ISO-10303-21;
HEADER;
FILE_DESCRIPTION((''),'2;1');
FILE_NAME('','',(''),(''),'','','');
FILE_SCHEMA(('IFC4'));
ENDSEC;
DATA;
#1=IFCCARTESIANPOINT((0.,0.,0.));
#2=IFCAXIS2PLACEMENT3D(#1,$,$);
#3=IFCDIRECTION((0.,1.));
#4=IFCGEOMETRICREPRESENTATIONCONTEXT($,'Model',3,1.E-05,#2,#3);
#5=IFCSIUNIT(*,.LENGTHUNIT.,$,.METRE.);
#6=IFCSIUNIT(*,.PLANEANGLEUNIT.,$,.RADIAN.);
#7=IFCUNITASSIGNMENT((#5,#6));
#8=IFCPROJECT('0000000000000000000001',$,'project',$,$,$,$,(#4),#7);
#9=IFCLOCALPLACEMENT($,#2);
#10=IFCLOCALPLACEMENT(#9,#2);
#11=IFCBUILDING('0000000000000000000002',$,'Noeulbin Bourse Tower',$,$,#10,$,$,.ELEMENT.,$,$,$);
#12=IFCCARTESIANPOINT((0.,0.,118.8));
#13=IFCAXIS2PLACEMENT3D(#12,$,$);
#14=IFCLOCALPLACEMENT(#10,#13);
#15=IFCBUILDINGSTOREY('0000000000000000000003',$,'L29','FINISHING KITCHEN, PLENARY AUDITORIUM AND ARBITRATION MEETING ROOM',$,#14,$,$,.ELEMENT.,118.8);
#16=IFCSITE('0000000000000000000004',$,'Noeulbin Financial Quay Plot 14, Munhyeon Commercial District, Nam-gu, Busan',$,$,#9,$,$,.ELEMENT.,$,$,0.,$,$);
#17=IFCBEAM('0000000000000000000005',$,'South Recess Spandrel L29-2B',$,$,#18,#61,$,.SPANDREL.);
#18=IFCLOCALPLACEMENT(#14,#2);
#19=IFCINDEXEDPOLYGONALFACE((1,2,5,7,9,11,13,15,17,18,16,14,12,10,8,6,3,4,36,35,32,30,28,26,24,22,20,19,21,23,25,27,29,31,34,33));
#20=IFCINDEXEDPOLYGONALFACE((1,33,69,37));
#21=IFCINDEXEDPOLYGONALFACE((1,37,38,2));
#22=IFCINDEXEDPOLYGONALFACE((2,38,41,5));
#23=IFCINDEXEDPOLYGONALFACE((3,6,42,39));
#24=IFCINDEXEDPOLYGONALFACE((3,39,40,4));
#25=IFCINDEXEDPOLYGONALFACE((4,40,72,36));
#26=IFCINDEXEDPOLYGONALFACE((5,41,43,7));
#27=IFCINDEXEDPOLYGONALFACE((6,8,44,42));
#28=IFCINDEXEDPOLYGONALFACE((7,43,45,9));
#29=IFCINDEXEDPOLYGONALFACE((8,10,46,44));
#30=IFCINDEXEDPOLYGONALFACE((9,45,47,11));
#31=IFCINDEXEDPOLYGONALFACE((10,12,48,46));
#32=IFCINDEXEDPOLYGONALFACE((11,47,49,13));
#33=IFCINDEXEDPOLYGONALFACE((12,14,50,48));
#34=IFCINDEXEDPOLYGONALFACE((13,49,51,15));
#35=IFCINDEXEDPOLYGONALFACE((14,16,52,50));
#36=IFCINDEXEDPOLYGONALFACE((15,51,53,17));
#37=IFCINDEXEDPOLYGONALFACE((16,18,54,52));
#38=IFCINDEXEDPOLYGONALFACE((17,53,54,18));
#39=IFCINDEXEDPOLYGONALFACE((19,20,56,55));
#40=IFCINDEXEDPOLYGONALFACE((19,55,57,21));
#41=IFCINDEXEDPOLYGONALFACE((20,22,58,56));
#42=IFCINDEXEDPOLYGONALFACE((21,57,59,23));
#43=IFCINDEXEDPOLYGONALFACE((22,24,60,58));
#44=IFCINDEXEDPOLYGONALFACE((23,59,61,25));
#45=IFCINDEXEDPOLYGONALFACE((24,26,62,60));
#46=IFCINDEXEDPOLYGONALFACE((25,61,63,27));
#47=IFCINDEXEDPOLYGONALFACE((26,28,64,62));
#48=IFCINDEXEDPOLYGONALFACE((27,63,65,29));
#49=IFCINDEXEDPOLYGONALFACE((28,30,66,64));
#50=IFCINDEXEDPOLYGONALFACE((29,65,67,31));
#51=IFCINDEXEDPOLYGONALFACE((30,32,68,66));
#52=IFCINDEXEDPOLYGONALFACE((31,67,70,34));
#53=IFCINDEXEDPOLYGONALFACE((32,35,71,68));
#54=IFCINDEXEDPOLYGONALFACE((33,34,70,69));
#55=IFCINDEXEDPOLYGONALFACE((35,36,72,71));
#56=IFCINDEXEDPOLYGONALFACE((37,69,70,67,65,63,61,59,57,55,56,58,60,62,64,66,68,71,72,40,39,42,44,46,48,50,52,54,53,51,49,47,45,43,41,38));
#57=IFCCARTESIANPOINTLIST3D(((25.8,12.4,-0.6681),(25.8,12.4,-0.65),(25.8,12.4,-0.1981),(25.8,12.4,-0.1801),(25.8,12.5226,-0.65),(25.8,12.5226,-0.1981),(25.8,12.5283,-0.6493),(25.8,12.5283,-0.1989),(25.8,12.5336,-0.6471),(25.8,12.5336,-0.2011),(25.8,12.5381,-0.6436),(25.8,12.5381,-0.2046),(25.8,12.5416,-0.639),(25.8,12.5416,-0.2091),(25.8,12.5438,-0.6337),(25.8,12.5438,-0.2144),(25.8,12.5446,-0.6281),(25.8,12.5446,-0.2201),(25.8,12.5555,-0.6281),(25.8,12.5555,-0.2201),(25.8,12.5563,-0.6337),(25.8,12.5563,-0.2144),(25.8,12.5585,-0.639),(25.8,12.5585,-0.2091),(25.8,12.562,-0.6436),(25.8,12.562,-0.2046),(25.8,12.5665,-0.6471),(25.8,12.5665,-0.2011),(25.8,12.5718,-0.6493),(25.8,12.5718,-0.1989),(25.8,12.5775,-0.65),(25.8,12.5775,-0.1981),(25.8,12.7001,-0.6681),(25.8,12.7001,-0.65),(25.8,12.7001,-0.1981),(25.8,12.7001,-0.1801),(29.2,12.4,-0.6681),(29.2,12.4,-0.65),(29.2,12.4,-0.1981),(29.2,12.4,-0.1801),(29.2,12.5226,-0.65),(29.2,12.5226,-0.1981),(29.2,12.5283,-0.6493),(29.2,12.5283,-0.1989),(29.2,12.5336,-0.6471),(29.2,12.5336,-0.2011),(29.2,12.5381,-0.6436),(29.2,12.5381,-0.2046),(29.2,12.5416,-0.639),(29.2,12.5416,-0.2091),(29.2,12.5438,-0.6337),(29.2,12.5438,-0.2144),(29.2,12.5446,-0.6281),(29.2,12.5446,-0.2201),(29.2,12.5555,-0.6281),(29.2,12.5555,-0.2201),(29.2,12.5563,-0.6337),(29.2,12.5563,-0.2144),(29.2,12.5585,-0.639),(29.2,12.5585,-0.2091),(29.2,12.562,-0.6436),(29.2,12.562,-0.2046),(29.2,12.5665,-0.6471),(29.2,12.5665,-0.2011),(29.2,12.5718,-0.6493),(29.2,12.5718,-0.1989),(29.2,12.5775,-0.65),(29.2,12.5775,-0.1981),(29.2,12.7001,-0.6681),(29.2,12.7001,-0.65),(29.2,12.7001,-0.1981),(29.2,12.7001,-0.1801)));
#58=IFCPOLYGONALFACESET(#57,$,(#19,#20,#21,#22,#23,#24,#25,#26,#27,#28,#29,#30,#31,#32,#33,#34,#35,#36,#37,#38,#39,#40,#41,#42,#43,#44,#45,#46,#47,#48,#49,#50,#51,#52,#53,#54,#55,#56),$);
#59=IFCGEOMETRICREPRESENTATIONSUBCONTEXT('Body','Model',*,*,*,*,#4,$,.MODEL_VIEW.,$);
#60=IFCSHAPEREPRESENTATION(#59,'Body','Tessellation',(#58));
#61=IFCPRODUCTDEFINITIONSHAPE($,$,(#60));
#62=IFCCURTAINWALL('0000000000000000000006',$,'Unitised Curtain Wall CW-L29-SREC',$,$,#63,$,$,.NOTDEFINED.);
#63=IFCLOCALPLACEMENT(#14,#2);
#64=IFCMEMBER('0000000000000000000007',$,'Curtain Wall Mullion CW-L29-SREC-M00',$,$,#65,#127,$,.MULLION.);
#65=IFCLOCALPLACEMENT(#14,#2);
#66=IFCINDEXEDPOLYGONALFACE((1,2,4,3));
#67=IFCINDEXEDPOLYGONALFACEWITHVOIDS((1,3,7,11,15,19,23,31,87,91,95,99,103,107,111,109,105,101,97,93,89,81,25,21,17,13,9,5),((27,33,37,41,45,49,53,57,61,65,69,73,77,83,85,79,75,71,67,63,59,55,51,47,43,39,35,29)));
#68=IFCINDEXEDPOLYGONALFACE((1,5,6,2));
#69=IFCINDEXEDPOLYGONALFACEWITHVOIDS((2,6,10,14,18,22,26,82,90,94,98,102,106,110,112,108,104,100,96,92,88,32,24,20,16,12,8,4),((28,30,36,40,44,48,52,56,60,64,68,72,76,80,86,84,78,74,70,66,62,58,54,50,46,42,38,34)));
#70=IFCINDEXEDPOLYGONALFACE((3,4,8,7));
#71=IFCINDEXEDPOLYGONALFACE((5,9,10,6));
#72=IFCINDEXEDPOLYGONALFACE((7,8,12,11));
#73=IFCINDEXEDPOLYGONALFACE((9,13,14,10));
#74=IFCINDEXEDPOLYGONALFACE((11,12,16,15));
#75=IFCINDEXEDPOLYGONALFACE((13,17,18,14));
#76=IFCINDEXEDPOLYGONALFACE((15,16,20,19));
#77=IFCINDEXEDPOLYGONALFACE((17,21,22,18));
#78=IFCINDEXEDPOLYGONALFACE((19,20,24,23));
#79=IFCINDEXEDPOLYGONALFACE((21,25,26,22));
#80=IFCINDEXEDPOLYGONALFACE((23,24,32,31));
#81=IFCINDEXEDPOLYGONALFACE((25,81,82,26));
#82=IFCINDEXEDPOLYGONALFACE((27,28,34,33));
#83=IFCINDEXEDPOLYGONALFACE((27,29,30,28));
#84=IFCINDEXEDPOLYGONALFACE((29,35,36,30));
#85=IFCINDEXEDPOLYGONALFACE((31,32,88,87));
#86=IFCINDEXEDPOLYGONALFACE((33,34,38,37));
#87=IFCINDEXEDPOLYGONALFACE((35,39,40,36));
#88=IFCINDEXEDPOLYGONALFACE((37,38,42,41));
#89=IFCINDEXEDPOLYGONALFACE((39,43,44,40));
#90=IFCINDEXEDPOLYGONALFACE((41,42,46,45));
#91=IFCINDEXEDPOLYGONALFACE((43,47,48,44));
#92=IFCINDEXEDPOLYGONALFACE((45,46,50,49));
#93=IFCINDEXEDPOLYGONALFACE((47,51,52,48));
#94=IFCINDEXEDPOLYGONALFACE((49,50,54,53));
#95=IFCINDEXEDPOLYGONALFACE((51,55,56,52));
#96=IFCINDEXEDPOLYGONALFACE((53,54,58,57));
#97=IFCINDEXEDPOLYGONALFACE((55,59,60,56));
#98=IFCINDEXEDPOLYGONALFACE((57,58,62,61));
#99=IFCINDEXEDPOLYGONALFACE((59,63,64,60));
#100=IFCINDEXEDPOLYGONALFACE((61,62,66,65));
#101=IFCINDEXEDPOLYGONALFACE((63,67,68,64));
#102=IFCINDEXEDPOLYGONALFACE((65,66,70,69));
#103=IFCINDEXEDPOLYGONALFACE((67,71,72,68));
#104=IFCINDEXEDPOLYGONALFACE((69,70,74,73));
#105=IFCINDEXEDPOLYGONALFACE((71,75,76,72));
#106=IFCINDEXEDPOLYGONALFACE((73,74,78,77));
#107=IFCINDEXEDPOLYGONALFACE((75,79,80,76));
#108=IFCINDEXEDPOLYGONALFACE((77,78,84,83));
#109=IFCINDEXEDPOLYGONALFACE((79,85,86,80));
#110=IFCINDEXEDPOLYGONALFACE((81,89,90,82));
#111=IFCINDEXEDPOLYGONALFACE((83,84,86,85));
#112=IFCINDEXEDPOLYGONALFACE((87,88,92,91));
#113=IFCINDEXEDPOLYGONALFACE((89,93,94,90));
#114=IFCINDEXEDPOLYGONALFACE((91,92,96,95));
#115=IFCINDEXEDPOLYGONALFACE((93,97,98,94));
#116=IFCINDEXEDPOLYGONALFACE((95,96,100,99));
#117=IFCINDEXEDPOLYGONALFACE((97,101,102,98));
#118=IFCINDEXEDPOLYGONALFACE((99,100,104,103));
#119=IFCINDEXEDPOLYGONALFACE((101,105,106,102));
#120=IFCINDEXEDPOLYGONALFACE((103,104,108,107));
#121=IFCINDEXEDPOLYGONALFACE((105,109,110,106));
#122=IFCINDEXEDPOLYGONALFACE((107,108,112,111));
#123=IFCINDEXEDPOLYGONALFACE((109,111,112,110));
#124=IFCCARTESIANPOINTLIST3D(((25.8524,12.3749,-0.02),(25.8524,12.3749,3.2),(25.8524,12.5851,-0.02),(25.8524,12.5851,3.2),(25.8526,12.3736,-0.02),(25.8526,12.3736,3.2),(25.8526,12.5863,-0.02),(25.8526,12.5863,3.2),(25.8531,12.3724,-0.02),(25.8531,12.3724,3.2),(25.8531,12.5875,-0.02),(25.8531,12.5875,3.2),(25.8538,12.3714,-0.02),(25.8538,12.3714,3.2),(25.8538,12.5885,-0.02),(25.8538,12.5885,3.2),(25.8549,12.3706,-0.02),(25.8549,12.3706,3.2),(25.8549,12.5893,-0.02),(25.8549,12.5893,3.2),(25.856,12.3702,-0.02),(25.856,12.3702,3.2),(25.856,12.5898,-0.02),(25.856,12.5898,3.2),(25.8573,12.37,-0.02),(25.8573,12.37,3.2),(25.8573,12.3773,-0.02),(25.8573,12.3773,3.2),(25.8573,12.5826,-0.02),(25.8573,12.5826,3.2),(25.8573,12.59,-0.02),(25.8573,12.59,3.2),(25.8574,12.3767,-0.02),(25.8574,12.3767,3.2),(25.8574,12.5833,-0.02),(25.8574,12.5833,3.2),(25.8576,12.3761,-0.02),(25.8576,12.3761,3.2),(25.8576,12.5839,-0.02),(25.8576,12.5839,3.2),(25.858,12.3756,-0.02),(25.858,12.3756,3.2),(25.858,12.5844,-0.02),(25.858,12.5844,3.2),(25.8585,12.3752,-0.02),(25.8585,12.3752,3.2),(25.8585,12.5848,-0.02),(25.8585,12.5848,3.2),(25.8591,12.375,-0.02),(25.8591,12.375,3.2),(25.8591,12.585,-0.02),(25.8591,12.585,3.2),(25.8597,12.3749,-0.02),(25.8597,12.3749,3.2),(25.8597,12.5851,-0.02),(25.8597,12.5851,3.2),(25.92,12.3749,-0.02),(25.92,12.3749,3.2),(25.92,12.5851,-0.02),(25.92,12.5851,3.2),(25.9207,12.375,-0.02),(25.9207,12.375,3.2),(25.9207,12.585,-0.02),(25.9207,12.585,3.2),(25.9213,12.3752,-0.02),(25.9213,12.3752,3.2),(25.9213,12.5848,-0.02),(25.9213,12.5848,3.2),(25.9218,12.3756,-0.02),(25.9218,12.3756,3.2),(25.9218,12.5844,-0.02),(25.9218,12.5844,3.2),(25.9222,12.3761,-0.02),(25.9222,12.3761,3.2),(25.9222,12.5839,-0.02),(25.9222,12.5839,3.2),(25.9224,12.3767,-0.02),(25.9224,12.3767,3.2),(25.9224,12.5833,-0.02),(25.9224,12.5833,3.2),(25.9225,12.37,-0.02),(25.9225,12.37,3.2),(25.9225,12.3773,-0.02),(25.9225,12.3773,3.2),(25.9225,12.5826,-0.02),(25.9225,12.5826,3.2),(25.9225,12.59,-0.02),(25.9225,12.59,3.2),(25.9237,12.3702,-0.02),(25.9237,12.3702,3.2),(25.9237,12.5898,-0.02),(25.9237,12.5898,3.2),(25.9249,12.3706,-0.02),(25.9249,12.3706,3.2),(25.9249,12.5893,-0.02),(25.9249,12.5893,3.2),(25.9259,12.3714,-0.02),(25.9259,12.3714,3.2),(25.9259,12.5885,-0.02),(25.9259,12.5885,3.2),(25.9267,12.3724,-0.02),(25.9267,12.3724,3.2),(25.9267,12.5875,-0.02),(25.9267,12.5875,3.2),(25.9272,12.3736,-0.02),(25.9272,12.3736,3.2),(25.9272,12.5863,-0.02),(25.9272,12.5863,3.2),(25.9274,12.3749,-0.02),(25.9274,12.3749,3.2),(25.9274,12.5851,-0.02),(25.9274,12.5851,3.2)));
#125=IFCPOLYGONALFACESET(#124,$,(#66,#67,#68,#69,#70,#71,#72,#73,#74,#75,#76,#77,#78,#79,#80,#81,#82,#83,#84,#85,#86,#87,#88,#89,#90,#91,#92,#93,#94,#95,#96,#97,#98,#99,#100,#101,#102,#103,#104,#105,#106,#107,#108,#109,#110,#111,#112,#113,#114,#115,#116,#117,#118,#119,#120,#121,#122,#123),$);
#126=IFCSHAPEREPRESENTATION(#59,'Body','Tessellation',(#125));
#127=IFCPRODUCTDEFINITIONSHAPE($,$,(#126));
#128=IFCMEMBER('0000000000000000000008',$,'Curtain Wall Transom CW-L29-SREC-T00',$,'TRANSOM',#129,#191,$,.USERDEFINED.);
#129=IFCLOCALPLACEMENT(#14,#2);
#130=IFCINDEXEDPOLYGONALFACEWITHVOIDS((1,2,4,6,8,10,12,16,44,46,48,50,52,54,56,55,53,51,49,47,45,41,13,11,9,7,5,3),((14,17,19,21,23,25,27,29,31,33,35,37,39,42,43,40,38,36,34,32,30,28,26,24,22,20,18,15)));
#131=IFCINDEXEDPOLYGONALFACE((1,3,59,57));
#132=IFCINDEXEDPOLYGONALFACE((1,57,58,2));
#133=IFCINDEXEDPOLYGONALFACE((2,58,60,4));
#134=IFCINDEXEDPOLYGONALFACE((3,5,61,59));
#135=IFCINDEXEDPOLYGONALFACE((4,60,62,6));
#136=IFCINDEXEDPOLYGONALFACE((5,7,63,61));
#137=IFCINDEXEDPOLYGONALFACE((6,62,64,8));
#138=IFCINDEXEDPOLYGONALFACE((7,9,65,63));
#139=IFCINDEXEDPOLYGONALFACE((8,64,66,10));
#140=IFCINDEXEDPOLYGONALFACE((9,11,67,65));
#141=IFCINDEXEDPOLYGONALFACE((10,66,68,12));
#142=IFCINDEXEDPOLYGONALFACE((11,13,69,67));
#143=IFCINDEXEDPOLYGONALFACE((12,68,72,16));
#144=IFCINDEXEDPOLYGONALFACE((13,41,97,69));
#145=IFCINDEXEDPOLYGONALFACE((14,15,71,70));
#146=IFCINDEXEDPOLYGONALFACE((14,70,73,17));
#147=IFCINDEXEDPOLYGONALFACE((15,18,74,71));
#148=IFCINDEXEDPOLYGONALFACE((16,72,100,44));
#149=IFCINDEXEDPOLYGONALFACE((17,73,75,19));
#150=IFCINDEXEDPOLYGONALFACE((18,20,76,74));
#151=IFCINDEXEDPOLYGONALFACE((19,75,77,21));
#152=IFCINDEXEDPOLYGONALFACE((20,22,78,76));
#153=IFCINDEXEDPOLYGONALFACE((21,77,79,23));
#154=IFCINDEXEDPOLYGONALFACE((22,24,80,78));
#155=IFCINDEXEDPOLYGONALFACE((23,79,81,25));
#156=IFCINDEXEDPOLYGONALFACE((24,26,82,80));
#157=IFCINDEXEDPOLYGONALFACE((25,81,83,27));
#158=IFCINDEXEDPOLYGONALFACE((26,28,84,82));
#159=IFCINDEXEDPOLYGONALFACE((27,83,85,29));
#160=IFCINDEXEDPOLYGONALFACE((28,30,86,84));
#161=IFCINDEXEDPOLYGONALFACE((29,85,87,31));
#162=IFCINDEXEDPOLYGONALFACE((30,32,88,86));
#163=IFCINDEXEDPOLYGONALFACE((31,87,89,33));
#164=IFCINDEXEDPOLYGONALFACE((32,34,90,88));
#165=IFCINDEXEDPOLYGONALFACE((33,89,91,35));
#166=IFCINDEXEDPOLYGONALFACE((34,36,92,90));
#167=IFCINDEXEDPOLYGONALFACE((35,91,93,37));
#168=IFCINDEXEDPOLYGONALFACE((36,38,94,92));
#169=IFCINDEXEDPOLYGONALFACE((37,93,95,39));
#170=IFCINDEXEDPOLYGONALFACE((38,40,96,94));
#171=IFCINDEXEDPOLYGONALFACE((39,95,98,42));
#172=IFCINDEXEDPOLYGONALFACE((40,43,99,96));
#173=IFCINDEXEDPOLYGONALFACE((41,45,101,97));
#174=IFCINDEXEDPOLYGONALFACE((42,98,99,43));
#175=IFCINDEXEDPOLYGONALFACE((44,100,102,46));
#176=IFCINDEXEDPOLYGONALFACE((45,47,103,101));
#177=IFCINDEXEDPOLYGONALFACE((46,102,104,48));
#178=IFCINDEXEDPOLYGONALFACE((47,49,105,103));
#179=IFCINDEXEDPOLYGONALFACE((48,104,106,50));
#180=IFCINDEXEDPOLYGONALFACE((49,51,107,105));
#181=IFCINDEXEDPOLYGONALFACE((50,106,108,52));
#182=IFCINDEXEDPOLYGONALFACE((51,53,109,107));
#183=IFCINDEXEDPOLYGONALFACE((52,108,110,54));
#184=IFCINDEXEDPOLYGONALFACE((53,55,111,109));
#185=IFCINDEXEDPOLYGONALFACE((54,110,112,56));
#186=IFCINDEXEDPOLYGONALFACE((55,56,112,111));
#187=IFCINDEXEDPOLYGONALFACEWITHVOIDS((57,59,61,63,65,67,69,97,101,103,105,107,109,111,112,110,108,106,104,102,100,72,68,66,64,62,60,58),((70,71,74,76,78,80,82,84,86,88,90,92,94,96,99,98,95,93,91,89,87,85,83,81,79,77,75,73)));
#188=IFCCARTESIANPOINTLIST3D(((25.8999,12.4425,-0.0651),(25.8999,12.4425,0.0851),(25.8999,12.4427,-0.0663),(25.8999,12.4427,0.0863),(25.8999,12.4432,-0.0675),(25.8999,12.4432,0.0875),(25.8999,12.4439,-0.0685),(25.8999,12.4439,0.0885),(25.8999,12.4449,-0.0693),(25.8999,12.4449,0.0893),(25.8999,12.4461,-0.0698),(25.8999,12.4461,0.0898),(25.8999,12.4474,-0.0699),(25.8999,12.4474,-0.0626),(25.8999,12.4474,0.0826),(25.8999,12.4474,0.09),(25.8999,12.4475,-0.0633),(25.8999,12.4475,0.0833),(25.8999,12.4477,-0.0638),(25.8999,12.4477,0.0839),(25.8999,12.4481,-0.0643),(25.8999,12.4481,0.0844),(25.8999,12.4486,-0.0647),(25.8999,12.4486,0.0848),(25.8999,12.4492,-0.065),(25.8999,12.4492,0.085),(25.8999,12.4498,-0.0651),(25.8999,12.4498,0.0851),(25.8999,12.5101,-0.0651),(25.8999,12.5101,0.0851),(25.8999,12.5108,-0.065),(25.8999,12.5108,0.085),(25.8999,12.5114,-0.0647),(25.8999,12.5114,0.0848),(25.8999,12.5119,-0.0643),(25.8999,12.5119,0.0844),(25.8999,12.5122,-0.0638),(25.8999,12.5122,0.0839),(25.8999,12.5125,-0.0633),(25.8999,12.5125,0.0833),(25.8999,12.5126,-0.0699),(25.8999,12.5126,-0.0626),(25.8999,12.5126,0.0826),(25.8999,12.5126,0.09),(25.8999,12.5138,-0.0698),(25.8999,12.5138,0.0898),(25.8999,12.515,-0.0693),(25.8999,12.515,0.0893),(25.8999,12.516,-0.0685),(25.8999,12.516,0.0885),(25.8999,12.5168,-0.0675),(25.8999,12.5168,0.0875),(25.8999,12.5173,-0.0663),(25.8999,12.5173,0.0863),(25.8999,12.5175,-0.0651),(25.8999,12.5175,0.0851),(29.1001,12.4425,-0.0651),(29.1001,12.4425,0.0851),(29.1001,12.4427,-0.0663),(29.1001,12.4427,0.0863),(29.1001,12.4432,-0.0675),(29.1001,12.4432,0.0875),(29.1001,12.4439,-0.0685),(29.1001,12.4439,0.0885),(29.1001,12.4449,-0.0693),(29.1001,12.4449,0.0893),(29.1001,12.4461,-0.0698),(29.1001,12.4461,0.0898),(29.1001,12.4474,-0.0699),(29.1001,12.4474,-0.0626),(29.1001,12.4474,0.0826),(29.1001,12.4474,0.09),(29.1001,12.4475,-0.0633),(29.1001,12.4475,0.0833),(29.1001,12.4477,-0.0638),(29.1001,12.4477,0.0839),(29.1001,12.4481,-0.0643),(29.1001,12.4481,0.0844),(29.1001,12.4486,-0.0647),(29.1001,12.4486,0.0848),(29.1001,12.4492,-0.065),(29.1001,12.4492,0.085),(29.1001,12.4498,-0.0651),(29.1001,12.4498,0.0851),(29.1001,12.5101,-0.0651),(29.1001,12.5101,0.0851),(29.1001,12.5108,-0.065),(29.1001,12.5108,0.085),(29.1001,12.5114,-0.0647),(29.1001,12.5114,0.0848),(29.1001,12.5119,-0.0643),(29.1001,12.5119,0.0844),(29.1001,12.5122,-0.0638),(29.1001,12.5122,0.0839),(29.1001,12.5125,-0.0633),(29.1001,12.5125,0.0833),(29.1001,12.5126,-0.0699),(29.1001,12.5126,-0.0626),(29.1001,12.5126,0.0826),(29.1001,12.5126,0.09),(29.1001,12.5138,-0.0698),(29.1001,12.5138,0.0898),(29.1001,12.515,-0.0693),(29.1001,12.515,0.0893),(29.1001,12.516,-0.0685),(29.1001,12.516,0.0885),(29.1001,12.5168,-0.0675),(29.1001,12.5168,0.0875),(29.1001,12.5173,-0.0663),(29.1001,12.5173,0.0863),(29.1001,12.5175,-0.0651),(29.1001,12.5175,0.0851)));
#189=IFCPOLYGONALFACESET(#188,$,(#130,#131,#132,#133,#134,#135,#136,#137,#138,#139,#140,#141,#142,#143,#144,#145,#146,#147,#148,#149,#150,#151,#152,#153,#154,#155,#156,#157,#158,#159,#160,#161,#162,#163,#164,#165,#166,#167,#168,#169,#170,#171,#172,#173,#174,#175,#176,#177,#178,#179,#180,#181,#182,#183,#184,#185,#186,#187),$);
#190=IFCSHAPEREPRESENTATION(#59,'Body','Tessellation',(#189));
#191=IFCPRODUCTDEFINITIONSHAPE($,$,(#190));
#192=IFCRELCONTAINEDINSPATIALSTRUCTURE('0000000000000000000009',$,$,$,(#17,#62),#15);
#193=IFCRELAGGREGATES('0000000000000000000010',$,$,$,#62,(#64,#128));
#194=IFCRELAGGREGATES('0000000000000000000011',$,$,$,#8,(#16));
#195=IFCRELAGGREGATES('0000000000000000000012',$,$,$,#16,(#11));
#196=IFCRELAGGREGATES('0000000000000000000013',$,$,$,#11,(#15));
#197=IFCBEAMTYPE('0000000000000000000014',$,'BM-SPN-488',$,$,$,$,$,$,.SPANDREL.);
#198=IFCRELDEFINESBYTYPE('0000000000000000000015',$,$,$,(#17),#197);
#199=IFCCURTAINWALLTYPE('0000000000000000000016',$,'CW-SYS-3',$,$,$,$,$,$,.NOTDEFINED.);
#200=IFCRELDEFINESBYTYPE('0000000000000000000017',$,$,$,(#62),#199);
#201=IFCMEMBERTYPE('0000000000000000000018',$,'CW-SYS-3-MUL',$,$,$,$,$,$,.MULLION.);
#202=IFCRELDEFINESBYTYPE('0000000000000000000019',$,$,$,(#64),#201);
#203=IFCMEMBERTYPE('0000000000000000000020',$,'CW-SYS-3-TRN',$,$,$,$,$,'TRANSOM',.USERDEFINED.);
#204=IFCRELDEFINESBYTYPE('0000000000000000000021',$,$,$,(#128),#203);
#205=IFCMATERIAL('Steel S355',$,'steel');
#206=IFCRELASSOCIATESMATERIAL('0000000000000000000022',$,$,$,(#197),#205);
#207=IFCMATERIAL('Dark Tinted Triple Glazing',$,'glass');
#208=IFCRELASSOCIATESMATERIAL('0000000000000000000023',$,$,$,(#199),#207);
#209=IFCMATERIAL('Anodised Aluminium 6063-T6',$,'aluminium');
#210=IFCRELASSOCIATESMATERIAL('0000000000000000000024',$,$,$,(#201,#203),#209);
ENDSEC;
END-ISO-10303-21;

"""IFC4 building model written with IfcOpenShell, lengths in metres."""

from ifc_helpers import new_model, si_unit, direction, frame, origin, origin_2d, place, context, subcontext, project, spatial, hollow_rectangle, i_section, extrude, material, material_profile, profile_set, type_object, element, aggregate, save


model = new_model("IFC4")

# Units and contexts
model_context = context("Model", 3, precision=1e-05, world=origin(), true_north=direction((0.0, 1.0)))
body_context = subcontext(model_context, "Body", "Model", "MODEL_VIEW")
ifc_project = project(units=[si_unit("LENGTHUNIT", "METRE"), si_unit("PLANEANGLEUNIT", "RADIAN")], contexts=[model_context])

# Site, building, storey
site_placement = place(None, origin())
site = spatial("IfcSite", under=ifc_project, at=site_placement, Name="Noeulbin Financial Quay Plot 14, Munhyeon Commercial District, Nam-gu, Busan", CompositionType="ELEMENT", RefElevation=0.0)
building_placement = place(site_placement, origin())
building = spatial("IfcBuilding", under=site, at=building_placement, Name="Noeulbin Bourse Tower", CompositionType="ELEMENT")
storey_placement = place(building_placement, frame((0.0, 0.0, 118.8)))
storey = spatial("IfcBuildingStorey", under=building, at=storey_placement, Name="L29", Description="FINISHING KITCHEN, PLENARY AUDITORIUM AND ARBITRATION MEETING ROOM", CompositionType="ELEMENT", Elevation=118.8)

# Beam
ifc_material_1 = material(Name="Steel S355", Category="steel")
ifc_material_profile_1 = material_profile(ifc_material_1, i_section(OverallWidth=0.3, OverallDepth=0.488, WebThickness=0.011, FlangeThickness=0.0181, FilletRadius=0.022, at=origin_2d()), Name="H-488x300x11x18", Category="LoadBearing")
ifc_profile_set_1 = profile_set([ifc_material_profile_1], Name="Steel S355")
beam_type_1 = type_object("IfcBeamType", Name="BM-SPN-488", PredefinedType="SPANDREL", material=ifc_profile_set_1)
beam_1_placement = place(storey_placement, frame((25.8, 12.55, -0.4241), z_axis=(1.0, 0.0, 0.0), x_axis=(0.0, 1.0, 0.0)))
element("IfcBeam", 1, at=beam_1_placement, inside=storey, type_object=beam_type_1, Name="South Recess Spandrel L29-2B", PredefinedType="SPANDREL", context=body_context, shape_type="SweptSolid", body=[
    extrude(i_section(OverallWidth=0.3, OverallDepth=0.488, WebThickness=0.011, FlangeThickness=0.0181, FilletRadius=0.022, at=origin_2d()), origin(), (0.0, 0.0, 1.0), 3.3999),
])

# Curtain wall, members
ifc_material_2 = material(Name="Dark Tinted Triple Glazing", Category="glass")
curtain_wall_type = type_object("IfcCurtainWallType", Name="CW-SYS-3", PredefinedType="NOTDEFINED", material=ifc_material_2)
curtain_wall_placement = place(storey_placement, origin())
curtain_wall = element("IfcCurtainWall", 2, at=curtain_wall_placement, inside=storey, type_object=curtain_wall_type, Name="Unitised Curtain Wall CW-L29-SREC", PredefinedType="NOTDEFINED")
ifc_material_3 = material(Name="Anodised Aluminium 6063-T6", Category="aluminium")
ifc_material_profile_2 = material_profile(ifc_material_3, hollow_rectangle(XDim=0.075, YDim=0.22, WallThickness=0.0049, InnerFilletRadius=0.0024, OuterFilletRadius=0.0049, at=origin_2d()), Name="ALU-MULL-75x220x5", Category="LoadBearing")
ifc_profile_set_2 = profile_set([ifc_material_profile_2], Name="Anodised Aluminium 6063-T6")
member_type_1 = type_object("IfcMemberType", Name="CW-SYS-3-MUL", PredefinedType="MULLION", material=ifc_profile_set_2)
member_1_placement = place(storey_placement, frame((25.8899, 12.48, -0.02), z_axis=(0.0, 0.0, 1.0), x_axis=(1.0, 0.0, 0.0)))
member_1 = element("IfcMember", 3, at=member_1_placement, type_object=member_type_1, Name="Curtain Wall Mullion CW-L29-SREC-M00", PredefinedType="MULLION", context=body_context, shape_type="SweptSolid", body=[
    extrude(hollow_rectangle(XDim=0.075, YDim=0.22, WallThickness=0.0049, InnerFilletRadius=0.0024, OuterFilletRadius=0.0049, at=origin_2d()), origin(), (0.0, 0.0, 1.0), 3.22),
])
ifc_material_profile_3 = material_profile(ifc_material_3, hollow_rectangle(XDim=0.075, YDim=0.1599, WallThickness=0.0049, InnerFilletRadius=0.0024, OuterFilletRadius=0.0049, at=origin_2d()), Name="ALU-TRAN-75x160x5", Category="LoadBearing")
ifc_profile_set_3 = profile_set([ifc_material_profile_3], Name="Anodised Aluminium 6063-T6")
member_type_2 = type_object("IfcMemberType", Name="CW-SYS-3-TRN", ElementType="TRANSOM", PredefinedType="USERDEFINED", material=ifc_profile_set_3)
member_2_placement = place(storey_placement, frame((25.8999, 12.48, 0.01), z_axis=(1.0, 0.0, 0.0), x_axis=(0.0, 1.0, 0.0)))
member_2 = element("IfcMember", 4, at=member_2_placement, type_object=member_type_2, Name="Curtain Wall Transom CW-L29-SREC-T00", ObjectType="TRANSOM", PredefinedType="USERDEFINED", context=body_context, shape_type="SweptSolid", body=[
    extrude(hollow_rectangle(XDim=0.075, YDim=0.1599, WallThickness=0.0049, InnerFilletRadius=0.0024, OuterFilletRadius=0.0049, at=origin_2d()), origin(), (0.0, 0.0, 1.0), 3.2002),
])
aggregate(curtain_wall, [member_1, member_2])

save(model, "model.ifc")
